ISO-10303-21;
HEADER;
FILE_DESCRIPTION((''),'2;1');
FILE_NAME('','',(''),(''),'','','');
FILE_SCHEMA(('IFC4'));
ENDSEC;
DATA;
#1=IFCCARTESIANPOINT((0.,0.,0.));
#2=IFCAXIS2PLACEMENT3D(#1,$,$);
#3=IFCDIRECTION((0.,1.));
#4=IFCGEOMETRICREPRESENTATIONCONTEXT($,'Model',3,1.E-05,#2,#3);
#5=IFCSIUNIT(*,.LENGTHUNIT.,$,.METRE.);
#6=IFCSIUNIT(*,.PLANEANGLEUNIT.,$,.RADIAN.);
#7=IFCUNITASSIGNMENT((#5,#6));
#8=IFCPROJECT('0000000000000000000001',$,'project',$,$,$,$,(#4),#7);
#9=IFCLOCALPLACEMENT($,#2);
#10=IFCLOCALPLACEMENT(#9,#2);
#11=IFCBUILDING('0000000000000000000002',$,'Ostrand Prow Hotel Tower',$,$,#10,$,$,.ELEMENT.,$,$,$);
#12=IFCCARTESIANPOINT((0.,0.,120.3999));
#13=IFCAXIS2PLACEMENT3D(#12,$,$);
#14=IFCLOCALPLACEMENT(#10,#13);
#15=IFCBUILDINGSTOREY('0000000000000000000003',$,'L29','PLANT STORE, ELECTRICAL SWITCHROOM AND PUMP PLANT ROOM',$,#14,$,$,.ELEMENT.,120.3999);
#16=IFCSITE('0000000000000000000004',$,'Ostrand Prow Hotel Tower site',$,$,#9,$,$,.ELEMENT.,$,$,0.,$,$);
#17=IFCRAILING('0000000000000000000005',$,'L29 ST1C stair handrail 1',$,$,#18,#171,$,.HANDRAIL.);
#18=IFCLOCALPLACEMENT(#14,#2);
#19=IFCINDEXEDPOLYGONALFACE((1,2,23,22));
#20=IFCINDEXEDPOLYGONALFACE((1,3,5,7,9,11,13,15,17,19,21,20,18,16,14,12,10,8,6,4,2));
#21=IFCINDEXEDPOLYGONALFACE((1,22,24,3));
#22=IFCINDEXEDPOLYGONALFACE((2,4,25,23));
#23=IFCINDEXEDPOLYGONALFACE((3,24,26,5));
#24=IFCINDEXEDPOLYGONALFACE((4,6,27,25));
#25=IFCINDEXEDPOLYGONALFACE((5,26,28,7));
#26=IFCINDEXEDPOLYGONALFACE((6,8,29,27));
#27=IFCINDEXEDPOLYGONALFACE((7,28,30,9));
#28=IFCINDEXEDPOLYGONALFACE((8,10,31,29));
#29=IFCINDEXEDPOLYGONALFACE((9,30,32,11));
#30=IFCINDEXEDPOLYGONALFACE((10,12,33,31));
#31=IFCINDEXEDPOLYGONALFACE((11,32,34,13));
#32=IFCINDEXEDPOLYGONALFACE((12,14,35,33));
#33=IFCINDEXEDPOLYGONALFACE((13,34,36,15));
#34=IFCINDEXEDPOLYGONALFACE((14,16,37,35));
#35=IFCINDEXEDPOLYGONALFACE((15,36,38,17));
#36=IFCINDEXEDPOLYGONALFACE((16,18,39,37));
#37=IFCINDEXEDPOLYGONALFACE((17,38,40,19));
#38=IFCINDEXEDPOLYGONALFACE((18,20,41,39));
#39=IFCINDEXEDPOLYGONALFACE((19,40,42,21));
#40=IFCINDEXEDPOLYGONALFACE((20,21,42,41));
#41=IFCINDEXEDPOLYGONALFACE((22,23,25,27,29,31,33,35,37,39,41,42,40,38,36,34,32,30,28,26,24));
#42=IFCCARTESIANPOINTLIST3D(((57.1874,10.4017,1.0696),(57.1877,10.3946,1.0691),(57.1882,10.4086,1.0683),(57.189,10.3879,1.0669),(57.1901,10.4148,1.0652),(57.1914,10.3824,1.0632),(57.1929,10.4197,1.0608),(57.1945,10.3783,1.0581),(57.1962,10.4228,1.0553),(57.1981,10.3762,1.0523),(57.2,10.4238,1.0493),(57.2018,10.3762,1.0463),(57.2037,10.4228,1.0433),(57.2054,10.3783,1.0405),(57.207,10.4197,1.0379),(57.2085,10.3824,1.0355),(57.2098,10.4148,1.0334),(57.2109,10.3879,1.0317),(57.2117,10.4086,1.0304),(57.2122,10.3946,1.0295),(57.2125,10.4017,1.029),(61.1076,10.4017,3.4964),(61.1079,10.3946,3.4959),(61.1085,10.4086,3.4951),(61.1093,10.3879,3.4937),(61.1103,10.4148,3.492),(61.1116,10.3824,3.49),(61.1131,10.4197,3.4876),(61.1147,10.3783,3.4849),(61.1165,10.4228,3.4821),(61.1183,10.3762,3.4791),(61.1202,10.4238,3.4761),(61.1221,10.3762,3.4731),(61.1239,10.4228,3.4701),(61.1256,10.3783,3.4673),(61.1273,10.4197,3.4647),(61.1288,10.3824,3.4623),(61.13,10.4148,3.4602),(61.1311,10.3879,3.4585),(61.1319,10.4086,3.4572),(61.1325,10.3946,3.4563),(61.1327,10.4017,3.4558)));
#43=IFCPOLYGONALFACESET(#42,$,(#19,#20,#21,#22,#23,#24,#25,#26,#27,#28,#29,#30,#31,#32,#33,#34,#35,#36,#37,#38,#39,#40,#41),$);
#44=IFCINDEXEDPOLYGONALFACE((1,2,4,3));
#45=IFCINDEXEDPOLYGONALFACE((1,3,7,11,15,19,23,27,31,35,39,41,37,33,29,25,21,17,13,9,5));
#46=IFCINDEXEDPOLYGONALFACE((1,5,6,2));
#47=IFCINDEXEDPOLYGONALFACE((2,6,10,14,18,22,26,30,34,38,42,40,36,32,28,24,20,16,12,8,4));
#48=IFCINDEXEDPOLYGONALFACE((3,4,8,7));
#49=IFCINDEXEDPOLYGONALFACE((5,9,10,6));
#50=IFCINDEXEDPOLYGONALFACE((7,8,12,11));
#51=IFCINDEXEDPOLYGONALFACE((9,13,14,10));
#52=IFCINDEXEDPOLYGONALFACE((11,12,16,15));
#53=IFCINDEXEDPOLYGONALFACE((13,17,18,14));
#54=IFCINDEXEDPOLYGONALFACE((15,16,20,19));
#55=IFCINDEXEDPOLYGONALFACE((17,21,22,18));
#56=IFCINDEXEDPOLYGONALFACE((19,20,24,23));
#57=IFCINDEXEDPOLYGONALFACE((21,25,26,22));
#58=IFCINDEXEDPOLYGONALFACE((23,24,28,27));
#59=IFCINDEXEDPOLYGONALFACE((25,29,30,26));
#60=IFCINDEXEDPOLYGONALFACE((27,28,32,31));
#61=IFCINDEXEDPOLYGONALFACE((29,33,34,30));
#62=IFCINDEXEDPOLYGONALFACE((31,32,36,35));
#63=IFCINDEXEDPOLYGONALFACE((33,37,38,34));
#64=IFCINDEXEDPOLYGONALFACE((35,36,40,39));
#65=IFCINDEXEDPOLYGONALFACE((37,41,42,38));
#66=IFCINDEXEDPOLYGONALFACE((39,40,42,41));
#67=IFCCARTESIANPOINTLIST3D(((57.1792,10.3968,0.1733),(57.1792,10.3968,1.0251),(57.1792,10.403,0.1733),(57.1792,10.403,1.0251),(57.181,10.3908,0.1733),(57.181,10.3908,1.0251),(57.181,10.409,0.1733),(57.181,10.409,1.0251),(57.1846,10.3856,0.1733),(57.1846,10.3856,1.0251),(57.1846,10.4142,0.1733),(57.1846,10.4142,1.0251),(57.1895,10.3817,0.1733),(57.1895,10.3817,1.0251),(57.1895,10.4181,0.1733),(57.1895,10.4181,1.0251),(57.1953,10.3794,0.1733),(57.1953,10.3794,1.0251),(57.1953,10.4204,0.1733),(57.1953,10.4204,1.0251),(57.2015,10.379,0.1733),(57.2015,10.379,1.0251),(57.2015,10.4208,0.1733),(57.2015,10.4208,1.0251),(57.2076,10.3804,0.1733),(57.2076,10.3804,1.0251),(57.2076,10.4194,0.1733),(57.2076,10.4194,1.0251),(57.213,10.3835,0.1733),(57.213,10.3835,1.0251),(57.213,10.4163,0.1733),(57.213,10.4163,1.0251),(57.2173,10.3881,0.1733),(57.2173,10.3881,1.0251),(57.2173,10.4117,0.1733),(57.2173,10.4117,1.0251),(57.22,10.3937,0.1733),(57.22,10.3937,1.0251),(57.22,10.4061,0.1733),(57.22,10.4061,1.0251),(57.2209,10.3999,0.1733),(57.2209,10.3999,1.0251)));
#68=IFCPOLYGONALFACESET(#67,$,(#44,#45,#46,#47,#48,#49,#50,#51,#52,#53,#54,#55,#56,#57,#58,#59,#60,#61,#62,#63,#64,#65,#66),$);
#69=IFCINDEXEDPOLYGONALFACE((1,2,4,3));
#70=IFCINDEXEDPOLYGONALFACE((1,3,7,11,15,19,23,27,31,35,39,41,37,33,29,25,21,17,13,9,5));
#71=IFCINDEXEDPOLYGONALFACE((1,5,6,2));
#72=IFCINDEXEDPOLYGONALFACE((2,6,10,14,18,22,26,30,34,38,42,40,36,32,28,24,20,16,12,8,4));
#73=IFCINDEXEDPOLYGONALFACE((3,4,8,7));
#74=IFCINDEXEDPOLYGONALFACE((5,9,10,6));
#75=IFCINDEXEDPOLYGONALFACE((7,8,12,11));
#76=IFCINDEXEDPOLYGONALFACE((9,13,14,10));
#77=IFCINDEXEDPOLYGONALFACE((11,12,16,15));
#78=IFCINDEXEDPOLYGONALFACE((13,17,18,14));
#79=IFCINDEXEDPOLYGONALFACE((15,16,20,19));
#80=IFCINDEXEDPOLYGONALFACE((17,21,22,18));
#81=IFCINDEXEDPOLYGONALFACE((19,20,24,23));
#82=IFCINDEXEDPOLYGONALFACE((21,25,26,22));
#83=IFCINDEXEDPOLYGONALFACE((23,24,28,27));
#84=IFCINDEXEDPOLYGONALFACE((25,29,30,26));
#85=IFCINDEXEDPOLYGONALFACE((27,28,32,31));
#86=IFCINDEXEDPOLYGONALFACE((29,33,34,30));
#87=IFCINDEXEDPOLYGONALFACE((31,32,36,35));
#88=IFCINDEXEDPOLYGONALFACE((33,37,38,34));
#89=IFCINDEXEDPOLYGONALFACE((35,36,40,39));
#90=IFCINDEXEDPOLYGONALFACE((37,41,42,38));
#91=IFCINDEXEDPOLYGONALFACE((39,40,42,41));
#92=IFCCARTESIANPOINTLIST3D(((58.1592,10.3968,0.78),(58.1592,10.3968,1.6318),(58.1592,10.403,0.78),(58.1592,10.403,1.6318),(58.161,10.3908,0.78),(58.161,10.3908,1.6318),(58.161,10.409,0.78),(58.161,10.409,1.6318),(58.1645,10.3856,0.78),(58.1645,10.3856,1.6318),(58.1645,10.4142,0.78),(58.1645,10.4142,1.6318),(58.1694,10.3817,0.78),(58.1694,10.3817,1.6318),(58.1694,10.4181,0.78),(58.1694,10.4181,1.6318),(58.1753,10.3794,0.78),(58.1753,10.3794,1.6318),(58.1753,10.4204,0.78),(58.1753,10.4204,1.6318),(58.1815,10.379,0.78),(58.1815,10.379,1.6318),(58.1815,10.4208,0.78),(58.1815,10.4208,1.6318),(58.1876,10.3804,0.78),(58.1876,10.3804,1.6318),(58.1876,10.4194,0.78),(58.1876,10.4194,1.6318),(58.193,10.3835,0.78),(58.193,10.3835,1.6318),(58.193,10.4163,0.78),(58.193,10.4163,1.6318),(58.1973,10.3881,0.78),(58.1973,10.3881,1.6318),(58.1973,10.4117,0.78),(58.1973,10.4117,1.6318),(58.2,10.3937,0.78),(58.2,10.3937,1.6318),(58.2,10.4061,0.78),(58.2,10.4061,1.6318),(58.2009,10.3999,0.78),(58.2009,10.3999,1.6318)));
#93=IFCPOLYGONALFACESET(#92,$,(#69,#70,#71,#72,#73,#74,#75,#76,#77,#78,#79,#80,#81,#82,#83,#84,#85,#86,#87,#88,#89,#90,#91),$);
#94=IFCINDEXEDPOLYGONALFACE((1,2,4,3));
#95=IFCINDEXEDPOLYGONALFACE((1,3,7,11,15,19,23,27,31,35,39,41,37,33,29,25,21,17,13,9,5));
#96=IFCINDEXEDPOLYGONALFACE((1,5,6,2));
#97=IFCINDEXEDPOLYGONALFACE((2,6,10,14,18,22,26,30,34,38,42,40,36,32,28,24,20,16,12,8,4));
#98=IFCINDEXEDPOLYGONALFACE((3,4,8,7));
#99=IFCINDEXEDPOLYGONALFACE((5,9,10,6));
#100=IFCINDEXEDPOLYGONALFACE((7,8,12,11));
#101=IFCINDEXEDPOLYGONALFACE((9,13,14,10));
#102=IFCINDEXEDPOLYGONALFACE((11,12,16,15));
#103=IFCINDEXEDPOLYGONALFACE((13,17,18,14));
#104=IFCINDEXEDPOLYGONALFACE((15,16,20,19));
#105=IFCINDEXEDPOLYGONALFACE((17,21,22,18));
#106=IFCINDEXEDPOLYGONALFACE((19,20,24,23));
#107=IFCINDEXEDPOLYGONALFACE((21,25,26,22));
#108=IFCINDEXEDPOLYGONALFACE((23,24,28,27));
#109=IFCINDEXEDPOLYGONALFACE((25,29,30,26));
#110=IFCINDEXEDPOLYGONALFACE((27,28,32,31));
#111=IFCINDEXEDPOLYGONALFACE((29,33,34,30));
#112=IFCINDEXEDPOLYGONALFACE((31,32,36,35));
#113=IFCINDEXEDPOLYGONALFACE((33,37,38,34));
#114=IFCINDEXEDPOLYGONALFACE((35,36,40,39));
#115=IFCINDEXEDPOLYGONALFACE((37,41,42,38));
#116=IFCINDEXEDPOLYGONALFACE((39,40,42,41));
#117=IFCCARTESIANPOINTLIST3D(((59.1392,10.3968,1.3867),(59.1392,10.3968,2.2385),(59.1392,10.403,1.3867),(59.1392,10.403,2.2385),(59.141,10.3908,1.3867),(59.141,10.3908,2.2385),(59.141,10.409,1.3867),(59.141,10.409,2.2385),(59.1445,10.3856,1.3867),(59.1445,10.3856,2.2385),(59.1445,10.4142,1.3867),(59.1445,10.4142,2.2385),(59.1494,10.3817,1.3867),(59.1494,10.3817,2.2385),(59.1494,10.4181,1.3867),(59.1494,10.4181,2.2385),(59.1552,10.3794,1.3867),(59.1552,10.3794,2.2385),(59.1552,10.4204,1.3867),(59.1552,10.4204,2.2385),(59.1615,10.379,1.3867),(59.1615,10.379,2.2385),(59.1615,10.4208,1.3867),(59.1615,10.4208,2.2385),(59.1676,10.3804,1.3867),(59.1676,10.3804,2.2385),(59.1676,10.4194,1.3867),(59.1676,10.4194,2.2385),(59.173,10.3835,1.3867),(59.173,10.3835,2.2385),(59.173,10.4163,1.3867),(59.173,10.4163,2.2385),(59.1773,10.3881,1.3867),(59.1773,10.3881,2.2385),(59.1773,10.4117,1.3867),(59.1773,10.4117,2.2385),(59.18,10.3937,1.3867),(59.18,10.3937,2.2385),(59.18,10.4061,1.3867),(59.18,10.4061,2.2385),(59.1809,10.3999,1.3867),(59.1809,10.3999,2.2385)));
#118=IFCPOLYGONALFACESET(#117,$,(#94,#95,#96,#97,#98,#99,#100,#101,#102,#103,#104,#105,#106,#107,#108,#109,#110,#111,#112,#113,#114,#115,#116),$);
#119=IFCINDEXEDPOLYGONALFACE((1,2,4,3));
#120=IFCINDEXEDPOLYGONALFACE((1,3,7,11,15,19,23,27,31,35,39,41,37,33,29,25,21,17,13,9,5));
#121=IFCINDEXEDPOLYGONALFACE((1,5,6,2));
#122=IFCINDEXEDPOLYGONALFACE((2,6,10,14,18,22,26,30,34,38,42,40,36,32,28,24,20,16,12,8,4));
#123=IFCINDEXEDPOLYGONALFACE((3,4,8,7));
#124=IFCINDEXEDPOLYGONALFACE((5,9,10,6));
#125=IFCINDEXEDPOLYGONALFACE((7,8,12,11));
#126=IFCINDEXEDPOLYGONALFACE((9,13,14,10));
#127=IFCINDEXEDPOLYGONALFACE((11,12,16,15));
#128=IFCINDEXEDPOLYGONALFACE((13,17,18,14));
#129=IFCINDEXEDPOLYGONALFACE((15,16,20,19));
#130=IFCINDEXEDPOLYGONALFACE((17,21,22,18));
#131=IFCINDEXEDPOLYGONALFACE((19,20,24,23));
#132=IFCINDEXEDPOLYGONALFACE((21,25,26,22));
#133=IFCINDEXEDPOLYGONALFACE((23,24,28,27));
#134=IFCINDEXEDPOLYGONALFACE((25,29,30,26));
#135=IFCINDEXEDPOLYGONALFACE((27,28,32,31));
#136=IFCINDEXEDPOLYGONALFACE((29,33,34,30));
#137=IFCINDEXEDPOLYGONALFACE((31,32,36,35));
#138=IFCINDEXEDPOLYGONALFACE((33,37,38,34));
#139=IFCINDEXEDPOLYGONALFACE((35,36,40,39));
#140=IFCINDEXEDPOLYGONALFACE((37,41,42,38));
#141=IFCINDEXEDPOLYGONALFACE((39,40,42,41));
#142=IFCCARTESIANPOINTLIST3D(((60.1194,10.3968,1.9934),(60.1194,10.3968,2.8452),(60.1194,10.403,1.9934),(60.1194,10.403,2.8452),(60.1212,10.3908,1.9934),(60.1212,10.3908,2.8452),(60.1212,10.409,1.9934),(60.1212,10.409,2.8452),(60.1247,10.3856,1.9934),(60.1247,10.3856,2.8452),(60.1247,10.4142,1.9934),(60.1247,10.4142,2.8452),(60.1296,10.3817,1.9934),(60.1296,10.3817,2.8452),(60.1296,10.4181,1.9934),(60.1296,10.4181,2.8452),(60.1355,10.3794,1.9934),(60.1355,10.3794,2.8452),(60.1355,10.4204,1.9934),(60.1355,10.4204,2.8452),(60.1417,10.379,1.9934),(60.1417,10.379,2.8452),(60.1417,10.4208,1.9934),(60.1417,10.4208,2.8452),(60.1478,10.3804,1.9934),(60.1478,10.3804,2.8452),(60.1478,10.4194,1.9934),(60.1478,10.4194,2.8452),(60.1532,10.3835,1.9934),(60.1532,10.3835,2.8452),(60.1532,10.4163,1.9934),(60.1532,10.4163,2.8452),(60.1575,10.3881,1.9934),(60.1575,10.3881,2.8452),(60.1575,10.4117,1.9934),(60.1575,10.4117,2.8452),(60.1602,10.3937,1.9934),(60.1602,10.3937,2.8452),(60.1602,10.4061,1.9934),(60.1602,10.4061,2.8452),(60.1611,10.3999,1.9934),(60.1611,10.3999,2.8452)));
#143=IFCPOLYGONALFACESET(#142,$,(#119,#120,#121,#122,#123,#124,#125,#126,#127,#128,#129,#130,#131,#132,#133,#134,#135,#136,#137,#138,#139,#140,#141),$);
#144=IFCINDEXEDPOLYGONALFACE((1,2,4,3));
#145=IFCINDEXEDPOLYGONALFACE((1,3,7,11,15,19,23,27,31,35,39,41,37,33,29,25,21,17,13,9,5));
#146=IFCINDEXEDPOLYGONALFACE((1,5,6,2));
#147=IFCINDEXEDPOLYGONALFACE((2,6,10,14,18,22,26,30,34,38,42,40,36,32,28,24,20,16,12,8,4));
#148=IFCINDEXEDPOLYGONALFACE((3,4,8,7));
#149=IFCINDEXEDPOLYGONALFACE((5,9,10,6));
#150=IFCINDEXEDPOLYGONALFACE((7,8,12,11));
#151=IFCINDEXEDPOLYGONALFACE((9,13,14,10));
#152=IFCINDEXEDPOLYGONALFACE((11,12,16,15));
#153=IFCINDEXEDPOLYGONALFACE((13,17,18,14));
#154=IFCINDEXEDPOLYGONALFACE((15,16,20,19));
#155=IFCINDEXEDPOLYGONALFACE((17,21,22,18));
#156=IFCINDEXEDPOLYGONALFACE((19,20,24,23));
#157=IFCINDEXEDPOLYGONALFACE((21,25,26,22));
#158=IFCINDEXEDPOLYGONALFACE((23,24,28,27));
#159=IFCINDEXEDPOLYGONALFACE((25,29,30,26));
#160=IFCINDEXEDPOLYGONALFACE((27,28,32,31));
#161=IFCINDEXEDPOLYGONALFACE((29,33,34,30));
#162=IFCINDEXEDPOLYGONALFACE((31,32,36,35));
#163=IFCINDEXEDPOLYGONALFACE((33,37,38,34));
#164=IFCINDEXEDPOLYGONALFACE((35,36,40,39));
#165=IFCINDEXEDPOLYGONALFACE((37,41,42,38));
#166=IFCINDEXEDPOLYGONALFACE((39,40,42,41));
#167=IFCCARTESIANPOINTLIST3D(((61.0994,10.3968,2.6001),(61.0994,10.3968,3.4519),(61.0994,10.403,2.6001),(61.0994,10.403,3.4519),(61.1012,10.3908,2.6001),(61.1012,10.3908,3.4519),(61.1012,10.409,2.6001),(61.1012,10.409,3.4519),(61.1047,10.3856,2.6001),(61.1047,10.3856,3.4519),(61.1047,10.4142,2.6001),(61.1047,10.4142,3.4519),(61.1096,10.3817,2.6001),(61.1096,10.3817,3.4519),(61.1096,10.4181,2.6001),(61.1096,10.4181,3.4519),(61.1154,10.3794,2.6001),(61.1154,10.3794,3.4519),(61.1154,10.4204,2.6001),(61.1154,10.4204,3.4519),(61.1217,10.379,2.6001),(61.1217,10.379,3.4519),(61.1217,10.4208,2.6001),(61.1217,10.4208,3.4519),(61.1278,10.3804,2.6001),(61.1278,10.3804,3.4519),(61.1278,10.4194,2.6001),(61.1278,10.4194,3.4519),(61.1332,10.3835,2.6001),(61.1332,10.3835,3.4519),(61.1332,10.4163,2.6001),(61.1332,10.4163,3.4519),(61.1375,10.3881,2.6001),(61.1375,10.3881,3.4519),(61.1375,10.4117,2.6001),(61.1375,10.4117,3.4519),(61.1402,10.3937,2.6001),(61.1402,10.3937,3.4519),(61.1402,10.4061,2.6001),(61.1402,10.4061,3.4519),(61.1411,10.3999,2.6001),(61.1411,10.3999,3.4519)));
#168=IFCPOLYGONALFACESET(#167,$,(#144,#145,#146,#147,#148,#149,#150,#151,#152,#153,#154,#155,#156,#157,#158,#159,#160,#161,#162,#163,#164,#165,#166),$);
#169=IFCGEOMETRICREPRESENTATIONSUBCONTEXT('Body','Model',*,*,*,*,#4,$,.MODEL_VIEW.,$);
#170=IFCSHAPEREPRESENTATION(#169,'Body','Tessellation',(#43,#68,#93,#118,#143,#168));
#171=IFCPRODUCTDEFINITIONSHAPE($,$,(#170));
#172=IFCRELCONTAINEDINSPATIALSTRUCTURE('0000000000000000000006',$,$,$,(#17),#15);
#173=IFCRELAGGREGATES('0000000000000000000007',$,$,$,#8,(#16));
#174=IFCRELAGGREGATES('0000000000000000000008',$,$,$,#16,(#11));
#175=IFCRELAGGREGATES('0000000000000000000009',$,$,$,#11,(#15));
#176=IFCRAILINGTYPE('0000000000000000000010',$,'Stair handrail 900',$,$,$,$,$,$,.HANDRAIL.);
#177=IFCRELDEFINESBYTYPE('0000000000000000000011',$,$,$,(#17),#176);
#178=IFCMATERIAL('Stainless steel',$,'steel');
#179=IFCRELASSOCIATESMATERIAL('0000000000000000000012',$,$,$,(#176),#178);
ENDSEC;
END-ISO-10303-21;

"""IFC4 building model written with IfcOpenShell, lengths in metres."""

from ifc_helpers import new_model, si_unit, direction, frame, origin, origin_2d, place, context, subcontext, project, spatial, circle, extrude, material, type_object, element, save


model = new_model("IFC4")

# Units and contexts
model_context = context("Model", 3, precision=1e-05, world=origin(), true_north=direction((0.0, 1.0)))
body_context = subcontext(model_context, "Body", "Model", "MODEL_VIEW")
ifc_project = project(units=[si_unit("LENGTHUNIT", "METRE"), si_unit("PLANEANGLEUNIT", "RADIAN")], contexts=[model_context])

# Site, building, storey
site_placement = place(None, origin())
site = spatial("IfcSite", under=ifc_project, at=site_placement, Name="Ostrand Prow Hotel Tower site", CompositionType="ELEMENT", RefElevation=0.0)
building_placement = place(site_placement, origin())
building = spatial("IfcBuilding", under=site, at=building_placement, Name="Ostrand Prow Hotel Tower", CompositionType="ELEMENT")
storey_placement = place(building_placement, frame((0.0, 0.0, 120.3999)))
storey = spatial("IfcBuildingStorey", under=building, at=storey_placement, Name="L29", Description="PLANT STORE, ELECTRICAL SWITCHROOM AND PUMP PLANT ROOM", CompositionType="ELEMENT", Elevation=120.3999)

# Railing
ifc_material_1 = material(Name="Stainless steel", Category="steel")
railing_type_1 = type_object("IfcRailingType", Name="Stair handrail 900", PredefinedType="HANDRAIL", material=ifc_material_1)
for number, where, name in (
    (1, (57.2, 10.3999, 0.1733), "L29 ST1C stair handrail 1"),
):
    element("IfcRailing", number, at=place(storey_placement, frame(where)), inside=storey, type_object=railing_type_1, Name=name, PredefinedType="HANDRAIL", context=body_context, shape_type="SweptSolid", body=[
        extrude(circle(Radius=0.0239, at=origin_2d()), frame((0.0, 0.0, 0.876), z_axis=(0.850266, 0.0, 0.526353), x_axis=(0.0, 1.0, 0.0)), (0.0, 0.0, 1.0), 4.6106),
        extrude(circle(Radius=0.021, at=origin_2d()), origin(), (0.0, 0.0, 1.0), 0.8518),
        extrude(circle(Radius=0.021, at=origin_2d()), frame((0.98, 0.0, 0.6067)), (0.0, 0.0, 1.0), 0.8518),
        extrude(circle(Radius=0.021, at=origin_2d()), frame((1.96, 0.0, 1.2134)), (0.0, 0.0, 1.0), 0.8518),
        extrude(circle(Radius=0.021, at=origin_2d()), frame((2.9402, 0.0, 1.8201)), (0.0, 0.0, 1.0), 0.8518),
        extrude(circle(Radius=0.021, at=origin_2d()), frame((3.9202, 0.0, 2.4268)), (0.0, 0.0, 1.0), 0.8518),
    ])

save(model, "model.ifc")
